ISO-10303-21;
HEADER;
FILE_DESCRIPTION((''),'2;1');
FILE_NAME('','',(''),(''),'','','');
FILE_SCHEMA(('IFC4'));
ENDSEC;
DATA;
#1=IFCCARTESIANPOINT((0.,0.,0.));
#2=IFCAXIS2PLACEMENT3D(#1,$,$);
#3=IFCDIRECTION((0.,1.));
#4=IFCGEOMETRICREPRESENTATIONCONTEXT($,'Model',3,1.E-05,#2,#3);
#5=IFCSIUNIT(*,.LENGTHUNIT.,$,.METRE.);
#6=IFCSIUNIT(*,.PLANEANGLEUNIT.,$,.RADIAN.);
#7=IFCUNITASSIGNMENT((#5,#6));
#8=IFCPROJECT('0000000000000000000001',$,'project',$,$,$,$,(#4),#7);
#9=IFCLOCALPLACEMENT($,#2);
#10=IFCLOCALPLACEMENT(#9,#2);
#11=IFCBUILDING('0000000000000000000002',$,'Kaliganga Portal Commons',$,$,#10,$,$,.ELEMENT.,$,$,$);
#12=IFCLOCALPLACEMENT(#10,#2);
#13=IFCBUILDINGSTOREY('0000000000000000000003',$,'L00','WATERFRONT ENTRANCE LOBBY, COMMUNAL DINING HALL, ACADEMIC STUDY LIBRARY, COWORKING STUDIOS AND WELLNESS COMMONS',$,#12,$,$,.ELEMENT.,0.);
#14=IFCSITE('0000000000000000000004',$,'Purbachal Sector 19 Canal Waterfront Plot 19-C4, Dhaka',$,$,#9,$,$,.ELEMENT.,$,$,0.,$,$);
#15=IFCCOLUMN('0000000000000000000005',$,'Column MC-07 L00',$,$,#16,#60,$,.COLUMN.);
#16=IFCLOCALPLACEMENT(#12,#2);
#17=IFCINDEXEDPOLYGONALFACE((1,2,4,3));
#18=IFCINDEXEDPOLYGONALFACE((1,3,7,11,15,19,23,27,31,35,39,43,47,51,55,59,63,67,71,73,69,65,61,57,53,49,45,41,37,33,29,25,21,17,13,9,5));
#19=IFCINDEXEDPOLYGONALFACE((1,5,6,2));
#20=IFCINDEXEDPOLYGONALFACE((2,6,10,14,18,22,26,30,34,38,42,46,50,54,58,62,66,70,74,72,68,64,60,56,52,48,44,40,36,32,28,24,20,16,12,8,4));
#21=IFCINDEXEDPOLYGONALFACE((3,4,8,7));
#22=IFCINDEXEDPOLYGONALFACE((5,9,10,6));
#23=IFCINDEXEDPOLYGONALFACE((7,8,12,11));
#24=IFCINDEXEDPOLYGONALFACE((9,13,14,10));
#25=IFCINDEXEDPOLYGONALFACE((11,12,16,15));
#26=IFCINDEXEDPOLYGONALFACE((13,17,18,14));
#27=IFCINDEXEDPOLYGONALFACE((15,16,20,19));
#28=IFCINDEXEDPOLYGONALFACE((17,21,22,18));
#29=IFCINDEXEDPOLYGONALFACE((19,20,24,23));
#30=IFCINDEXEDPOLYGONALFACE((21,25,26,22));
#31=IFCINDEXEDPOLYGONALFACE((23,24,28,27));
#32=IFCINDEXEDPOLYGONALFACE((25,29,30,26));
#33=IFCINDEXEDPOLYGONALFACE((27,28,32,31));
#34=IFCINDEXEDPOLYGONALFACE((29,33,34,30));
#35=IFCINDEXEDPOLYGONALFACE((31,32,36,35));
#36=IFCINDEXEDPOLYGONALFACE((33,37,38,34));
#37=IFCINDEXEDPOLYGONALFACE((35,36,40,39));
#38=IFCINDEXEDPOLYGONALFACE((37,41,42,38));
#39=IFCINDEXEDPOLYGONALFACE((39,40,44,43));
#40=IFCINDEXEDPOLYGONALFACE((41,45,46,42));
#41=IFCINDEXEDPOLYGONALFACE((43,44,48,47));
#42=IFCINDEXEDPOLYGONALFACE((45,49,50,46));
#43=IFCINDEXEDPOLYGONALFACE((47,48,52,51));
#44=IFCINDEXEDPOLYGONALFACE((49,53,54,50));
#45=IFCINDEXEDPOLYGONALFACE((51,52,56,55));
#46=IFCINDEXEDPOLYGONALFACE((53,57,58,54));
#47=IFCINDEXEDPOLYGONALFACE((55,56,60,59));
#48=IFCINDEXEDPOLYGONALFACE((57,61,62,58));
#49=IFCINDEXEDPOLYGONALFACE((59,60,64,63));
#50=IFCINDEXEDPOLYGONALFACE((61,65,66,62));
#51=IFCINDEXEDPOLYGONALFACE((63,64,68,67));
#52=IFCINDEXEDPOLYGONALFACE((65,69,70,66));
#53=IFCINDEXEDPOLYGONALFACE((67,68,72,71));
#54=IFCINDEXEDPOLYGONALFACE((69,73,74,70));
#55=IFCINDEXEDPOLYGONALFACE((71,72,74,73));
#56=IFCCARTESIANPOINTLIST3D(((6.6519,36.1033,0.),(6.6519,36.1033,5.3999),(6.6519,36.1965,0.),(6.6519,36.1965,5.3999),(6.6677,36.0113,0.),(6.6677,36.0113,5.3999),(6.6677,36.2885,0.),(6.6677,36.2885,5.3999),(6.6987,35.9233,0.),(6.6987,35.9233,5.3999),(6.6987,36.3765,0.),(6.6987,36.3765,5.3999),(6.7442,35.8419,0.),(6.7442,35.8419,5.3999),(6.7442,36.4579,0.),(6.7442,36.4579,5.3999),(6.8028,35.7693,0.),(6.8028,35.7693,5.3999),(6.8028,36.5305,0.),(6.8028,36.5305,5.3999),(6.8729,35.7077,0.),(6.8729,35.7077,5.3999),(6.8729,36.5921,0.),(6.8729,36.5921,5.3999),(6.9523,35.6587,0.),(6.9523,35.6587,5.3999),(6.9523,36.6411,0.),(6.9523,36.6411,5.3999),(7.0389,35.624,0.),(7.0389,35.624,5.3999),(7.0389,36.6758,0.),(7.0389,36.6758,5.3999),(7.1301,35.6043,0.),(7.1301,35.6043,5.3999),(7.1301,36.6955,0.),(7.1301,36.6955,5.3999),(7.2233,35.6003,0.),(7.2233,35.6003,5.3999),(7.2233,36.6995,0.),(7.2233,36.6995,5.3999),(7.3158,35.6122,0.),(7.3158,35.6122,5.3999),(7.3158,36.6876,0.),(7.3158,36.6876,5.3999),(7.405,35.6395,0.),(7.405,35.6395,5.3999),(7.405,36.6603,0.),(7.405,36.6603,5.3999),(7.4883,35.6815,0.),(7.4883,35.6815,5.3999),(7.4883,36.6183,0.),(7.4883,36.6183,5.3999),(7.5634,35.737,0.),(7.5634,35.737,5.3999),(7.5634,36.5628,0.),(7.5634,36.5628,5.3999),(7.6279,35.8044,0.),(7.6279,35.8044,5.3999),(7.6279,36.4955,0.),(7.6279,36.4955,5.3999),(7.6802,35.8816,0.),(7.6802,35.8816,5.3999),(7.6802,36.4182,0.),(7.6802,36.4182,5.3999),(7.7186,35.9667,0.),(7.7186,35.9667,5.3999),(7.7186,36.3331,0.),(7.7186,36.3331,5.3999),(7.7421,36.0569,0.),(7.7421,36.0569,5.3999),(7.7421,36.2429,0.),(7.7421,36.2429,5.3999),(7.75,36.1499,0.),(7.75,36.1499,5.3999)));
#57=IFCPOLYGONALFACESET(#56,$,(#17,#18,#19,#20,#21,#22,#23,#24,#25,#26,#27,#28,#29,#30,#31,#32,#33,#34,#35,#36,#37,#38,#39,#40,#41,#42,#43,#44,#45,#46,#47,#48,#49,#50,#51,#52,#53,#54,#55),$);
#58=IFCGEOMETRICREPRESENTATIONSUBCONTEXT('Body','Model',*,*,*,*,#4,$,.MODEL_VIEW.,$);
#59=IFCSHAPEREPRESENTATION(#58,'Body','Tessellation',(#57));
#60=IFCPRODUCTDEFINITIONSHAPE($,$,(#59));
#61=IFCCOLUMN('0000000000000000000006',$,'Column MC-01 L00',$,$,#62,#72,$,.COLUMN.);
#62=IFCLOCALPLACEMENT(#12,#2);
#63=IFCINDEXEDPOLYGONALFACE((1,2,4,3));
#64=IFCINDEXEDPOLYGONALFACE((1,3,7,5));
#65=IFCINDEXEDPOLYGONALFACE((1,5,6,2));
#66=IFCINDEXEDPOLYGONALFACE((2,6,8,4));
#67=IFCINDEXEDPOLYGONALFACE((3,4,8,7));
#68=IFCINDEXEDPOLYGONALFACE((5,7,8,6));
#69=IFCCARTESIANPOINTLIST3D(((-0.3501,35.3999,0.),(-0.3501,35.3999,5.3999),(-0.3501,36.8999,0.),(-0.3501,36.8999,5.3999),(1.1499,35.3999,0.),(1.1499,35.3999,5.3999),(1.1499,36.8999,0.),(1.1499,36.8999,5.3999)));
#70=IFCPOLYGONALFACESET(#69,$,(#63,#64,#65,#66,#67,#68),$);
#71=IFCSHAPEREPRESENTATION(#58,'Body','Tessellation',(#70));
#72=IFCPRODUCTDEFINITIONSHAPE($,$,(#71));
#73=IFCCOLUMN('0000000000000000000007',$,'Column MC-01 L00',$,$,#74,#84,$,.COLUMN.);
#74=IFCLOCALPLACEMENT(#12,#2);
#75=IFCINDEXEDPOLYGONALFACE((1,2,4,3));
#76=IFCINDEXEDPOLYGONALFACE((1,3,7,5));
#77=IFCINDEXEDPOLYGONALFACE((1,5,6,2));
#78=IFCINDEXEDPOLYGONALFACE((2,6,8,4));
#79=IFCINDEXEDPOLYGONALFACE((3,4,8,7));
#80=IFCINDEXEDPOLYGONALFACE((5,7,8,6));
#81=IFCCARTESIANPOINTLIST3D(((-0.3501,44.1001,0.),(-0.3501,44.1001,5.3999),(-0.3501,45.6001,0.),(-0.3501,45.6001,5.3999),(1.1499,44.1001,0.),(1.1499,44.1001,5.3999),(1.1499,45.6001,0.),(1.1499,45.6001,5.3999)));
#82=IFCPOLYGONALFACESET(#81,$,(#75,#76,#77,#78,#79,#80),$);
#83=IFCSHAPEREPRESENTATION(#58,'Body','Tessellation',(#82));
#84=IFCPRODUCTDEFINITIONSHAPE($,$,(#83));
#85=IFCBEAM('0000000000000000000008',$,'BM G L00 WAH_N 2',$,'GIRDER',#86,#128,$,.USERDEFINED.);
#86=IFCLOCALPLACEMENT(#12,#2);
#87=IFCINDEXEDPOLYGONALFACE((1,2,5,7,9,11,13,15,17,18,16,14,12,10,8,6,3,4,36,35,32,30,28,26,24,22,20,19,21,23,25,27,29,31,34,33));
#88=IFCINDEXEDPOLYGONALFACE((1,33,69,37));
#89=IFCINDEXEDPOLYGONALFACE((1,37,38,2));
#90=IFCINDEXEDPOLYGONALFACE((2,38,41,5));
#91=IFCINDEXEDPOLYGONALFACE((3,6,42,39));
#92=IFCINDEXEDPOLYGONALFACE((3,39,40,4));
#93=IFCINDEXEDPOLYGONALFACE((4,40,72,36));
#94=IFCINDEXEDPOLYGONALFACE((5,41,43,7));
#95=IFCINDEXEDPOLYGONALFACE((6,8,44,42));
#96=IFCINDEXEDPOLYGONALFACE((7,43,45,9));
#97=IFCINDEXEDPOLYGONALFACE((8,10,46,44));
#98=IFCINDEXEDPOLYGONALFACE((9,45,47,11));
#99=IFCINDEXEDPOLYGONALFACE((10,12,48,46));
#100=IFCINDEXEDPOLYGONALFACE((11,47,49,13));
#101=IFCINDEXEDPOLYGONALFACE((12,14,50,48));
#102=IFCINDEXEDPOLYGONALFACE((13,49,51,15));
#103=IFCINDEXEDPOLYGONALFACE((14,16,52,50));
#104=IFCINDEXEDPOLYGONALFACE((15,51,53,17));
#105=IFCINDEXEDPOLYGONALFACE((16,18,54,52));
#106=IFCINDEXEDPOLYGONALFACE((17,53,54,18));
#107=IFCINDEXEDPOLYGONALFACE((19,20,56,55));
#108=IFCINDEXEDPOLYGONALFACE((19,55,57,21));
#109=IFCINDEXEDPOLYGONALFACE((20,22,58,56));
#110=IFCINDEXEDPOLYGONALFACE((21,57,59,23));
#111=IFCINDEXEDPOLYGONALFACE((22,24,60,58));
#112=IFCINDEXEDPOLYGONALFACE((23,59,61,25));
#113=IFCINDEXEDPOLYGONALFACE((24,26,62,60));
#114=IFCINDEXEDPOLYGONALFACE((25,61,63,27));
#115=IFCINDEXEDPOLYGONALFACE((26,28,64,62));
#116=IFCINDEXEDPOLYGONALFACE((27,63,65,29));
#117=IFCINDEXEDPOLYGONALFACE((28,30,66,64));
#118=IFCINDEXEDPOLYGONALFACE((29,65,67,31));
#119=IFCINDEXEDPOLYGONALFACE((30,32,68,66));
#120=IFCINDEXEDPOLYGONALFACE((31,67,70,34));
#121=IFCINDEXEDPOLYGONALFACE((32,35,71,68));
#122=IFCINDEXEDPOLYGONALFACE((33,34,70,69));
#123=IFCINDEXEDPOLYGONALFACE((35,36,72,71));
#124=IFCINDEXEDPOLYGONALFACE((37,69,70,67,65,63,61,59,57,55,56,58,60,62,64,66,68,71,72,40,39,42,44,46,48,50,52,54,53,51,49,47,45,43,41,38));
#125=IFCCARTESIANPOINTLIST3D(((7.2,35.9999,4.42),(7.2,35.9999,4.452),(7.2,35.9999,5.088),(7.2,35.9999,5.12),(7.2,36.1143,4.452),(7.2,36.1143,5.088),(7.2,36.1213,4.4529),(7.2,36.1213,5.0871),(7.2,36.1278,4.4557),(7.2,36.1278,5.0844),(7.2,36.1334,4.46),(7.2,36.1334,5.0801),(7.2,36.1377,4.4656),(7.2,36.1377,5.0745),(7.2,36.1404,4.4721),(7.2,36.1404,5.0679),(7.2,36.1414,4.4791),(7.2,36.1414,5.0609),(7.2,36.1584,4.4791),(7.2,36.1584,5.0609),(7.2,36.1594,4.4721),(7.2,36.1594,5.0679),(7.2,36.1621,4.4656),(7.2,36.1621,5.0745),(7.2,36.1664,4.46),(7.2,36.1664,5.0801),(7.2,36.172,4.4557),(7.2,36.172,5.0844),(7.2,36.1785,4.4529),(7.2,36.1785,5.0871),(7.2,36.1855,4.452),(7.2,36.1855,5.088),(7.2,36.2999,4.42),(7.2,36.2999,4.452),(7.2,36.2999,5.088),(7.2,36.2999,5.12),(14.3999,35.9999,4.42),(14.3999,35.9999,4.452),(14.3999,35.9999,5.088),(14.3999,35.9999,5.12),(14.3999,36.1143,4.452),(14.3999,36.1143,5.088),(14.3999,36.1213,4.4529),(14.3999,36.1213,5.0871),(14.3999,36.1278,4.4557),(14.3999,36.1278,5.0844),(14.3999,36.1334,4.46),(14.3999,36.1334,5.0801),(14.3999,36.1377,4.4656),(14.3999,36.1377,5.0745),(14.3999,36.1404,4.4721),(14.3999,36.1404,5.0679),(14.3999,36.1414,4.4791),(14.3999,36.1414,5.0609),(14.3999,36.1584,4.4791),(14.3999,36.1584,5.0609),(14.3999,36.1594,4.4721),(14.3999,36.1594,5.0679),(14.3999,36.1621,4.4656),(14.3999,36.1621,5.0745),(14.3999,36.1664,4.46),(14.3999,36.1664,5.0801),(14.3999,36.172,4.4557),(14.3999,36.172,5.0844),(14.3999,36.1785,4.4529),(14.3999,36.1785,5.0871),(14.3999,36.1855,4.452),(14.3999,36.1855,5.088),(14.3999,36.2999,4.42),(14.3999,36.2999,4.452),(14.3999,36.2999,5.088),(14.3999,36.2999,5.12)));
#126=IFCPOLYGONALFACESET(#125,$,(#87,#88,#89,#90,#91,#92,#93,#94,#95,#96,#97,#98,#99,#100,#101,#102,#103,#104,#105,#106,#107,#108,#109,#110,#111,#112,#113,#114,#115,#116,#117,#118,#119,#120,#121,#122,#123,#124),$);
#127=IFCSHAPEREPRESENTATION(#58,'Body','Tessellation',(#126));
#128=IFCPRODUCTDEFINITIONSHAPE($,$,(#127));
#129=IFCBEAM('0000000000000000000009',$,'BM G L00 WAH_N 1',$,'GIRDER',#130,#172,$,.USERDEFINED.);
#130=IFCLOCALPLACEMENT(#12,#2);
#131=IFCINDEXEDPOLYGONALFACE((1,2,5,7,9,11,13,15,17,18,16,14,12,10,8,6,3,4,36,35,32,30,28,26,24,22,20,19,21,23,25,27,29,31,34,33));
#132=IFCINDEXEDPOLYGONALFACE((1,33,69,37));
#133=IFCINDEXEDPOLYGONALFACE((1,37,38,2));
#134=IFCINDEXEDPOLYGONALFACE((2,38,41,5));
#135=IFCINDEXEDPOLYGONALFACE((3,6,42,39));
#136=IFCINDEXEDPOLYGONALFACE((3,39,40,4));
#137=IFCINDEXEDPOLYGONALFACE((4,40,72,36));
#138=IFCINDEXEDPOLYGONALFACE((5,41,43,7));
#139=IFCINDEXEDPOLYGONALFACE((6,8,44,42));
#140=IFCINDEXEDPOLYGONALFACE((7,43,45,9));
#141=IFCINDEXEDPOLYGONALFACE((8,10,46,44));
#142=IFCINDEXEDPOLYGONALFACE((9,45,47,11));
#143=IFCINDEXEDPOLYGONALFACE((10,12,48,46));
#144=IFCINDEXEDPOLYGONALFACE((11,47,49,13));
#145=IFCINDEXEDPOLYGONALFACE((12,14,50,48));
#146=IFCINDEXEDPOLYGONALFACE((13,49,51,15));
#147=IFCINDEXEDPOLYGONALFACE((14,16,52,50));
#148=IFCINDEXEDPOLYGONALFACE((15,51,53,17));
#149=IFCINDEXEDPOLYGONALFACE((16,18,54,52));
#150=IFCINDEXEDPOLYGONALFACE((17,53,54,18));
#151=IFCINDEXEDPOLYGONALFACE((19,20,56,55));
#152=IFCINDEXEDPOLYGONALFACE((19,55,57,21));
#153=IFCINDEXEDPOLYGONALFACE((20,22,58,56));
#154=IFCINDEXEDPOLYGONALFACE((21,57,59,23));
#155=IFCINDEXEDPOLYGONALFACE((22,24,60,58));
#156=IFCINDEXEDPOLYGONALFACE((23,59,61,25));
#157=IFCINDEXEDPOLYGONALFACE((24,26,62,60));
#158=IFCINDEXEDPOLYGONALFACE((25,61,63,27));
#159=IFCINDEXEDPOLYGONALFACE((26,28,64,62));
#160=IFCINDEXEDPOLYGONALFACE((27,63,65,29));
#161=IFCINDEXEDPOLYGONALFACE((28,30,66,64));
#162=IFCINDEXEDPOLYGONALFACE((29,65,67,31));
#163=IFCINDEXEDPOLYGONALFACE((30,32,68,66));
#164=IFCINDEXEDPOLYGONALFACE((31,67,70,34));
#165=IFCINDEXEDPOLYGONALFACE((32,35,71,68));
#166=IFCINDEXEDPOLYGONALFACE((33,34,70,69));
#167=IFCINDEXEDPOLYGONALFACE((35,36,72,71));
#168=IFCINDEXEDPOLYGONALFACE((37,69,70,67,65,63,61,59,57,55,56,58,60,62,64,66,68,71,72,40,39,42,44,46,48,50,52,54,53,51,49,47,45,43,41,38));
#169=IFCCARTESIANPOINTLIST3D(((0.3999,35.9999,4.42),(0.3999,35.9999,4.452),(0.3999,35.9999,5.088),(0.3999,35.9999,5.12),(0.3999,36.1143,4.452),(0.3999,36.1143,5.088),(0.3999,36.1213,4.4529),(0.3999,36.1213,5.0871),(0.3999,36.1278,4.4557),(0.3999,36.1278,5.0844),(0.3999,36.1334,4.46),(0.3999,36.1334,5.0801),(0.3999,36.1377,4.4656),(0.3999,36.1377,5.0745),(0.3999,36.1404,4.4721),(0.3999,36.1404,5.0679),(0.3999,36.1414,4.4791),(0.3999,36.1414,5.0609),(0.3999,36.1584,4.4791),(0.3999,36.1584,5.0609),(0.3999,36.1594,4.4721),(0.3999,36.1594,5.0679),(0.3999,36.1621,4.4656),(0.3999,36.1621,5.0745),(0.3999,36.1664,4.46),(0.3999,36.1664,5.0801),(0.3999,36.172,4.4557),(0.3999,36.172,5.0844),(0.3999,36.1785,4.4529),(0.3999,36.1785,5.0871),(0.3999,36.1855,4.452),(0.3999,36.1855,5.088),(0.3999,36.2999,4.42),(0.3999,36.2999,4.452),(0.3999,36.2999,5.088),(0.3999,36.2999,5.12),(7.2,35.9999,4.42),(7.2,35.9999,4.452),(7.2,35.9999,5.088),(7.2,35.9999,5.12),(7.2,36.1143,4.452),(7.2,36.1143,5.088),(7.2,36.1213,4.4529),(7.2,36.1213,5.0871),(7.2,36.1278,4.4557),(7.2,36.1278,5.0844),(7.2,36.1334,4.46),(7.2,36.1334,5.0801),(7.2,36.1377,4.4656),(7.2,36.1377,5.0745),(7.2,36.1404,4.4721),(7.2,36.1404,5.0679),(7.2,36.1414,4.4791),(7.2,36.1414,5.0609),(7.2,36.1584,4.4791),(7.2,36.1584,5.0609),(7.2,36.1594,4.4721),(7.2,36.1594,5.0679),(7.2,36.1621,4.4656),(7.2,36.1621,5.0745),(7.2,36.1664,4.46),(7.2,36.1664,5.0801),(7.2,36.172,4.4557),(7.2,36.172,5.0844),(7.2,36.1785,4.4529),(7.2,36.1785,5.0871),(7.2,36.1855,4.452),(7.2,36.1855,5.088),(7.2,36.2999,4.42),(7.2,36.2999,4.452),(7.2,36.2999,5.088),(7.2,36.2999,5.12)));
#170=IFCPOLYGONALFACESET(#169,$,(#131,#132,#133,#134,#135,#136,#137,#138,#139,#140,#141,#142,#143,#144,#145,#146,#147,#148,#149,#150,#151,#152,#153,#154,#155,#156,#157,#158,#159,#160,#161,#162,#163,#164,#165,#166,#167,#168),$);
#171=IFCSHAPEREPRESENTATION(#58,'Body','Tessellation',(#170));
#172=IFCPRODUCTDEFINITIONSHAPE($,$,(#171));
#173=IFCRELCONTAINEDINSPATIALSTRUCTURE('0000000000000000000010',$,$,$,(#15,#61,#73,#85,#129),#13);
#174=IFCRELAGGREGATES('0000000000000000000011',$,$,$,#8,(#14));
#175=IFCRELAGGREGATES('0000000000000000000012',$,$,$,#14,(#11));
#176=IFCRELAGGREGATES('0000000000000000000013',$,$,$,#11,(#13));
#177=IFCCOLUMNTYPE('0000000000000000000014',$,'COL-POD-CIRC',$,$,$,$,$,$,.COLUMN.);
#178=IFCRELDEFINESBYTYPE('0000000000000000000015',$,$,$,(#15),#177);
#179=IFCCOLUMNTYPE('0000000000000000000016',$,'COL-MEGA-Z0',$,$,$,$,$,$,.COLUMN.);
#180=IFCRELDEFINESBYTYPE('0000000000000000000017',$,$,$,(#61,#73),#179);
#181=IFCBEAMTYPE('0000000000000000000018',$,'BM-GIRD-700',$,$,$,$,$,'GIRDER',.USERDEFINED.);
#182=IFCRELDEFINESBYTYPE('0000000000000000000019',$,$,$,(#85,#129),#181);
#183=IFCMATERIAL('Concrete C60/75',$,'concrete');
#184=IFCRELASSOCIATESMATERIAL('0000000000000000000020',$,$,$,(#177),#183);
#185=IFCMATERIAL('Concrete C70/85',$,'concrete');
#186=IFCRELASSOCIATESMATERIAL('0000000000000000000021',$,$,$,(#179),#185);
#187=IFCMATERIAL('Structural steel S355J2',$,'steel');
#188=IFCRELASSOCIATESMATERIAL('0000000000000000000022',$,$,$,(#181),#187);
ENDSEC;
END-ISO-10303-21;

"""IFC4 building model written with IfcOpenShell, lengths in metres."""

from ifc_helpers import new_model, si_unit, direction, frame, origin, origin_2d, place, context, subcontext, project, spatial, rectangle, circle, i_section, extrude, source, transform, mapped, material, material_profile, profile_set, type_object, element, save


model = new_model("IFC4")

# Units and contexts
model_context = context("Model", 3, precision=1e-05, world=origin(), true_north=direction((0.0, 1.0)))
body_context = subcontext(model_context, "Body", "Model", "MODEL_VIEW")
ifc_project = project(units=[si_unit("LENGTHUNIT", "METRE"), si_unit("PLANEANGLEUNIT", "RADIAN")], contexts=[model_context])

# Site, building, storey
site_placement = place(None, origin())
site = spatial("IfcSite", under=ifc_project, at=site_placement, Name="Purbachal Sector 19 Canal Waterfront Plot 19-C4, Dhaka", CompositionType="ELEMENT", RefElevation=0.0)
building_placement = place(site_placement, origin())
building = spatial("IfcBuilding", under=site, at=building_placement, Name="Kaliganga Portal Commons", CompositionType="ELEMENT")
storey_placement = place(building_placement, origin())
storey = spatial("IfcBuildingStorey", under=building, at=storey_placement, Name="L00", Description="WATERFRONT ENTRANCE LOBBY, COMMUNAL DINING HALL, ACADEMIC STUDY LIBRARY, COWORKING STUDIOS AND WELLNESS COMMONS", CompositionType="ELEMENT", Elevation=0.0)

# Columns
ifc_material_1 = material(Name="Concrete C60/75", Category="concrete")
ifc_material_profile_1 = material_profile(ifc_material_1, circle(Radius=0.55, at=origin_2d()), Name="RC COL D1100")
ifc_profile_set_1 = profile_set([ifc_material_profile_1], Name="Concrete C60/75")
column_type_1 = type_object("IfcColumnType", Name="COL-POD-CIRC", PredefinedType="COLUMN", material=ifc_profile_set_1)
shared_shape_1 = source(origin(), body_context, "Body", "SweptSolid", [
    extrude(circle(Radius=0.55, at=origin_2d()), origin(), (0.0, 0.0, 1.0), 5.3999),
])
column_placement = place(storey_placement, frame((7.2, 36.1499, 0.0), z_axis=(0.0, 0.0, 1.0), x_axis=(1.0, 0.0, 0.0)))
element("IfcColumn", 1, at=column_placement, inside=storey, type_object=column_type_1, Name="Column MC-07 L00", PredefinedType="COLUMN", context=body_context, shape_type="MappedRepresentation", body=[
    mapped(shared_shape_1, transform((0.0, 0.0, 0.0), x_axis=(1.0, 0.0, 0.0), y_axis=(0.0, 1.0, 0.0), z_axis=(0.0, 0.0, 1.0), scale=1.0)),
])
ifc_material_2 = material(Name="Concrete C70/85", Category="concrete")
ifc_material_profile_2 = material_profile(ifc_material_2, rectangle(XDim=1.5, YDim=1.5, at=origin_2d()), Name="RC 1500x1500")
ifc_profile_set_2 = profile_set([ifc_material_profile_2], Name="Concrete C70/85")
column_type_2 = type_object("IfcColumnType", Name="COL-MEGA-Z0", PredefinedType="COLUMN", material=ifc_profile_set_2)
shared_shape_2 = source(origin(), body_context, "Body", "SweptSolid", [
    extrude(rectangle(XDim=1.5, YDim=1.5, at=origin_2d()), origin(), (0.0, 0.0, 1.0), 5.3999),
])
for number, where, z_axis, x_axis, name in (
    (2, (0.3999, 36.1499, 0.0), (0.0, 0.0, 1.0), (1.0, 0.0, 0.0), "Column MC-01 L00"),
    (3, (0.3999, 44.8501, 0.0), (0.0, 0.0, 1.0), (1.0, 0.0, 0.0), "Column MC-01 L00"),
):
    element("IfcColumn", number, at=place(storey_placement, frame(where, z_axis=z_axis, x_axis=x_axis)), inside=storey, type_object=column_type_2, Name=name, PredefinedType="COLUMN", context=body_context, shape_type="MappedRepresentation", body=[
        mapped(shared_shape_2, transform((0.0, 0.0, 0.0), x_axis=(1.0, 0.0, 0.0), y_axis=(0.0, 1.0, 0.0), z_axis=(0.0, 0.0, 1.0), scale=1.0)),
    ])

# Beams
ifc_material_3 = material(Name="Structural steel S355J2", Category="steel")
ifc_material_profile_3 = material_profile(ifc_material_3, i_section(OverallWidth=0.3, OverallDepth=0.7, WebThickness=0.0171, FlangeThickness=0.032, FilletRadius=0.0271, at=origin_2d()), Name="HE 700 B")
ifc_profile_set_3 = profile_set([ifc_material_profile_3], Name="Structural steel S355J2 wide-flange")
beam_type = type_object("IfcBeamType", Name="BM-GIRD-700", ElementType="GIRDER", PredefinedType="USERDEFINED", material=ifc_profile_set_3)
shared_shape_3 = source(origin(), body_context, "Body", "SweptSolid", [
    extrude(i_section(OverallWidth=0.3, OverallDepth=0.7, WebThickness=0.0171, FlangeThickness=0.032, FilletRadius=0.0271, at=origin_2d()), origin(), (0.0, 0.0, 1.0), 7.2),
])
beam_1_placement = place(storey_placement, frame((7.2, 36.1499, 4.77), z_axis=(1.0, 0.0, 0.0), x_axis=(0.0, 1.0, 0.0)))
element("IfcBeam", 4, at=beam_1_placement, inside=storey, type_object=beam_type, Name="BM G L00 WAH_N 2", ObjectType="GIRDER", PredefinedType="USERDEFINED", context=body_context, shape_type="MappedRepresentation", body=[
    mapped(shared_shape_3, transform((0.0, 0.0, 0.0), x_axis=(1.0, 0.0, 0.0), y_axis=(0.0, 1.0, 0.0), z_axis=(0.0, 0.0, 1.0), scale=1.0)),
])
shared_shape_4 = source(origin(), body_context, "Body", "SweptSolid", [
    extrude(i_section(OverallWidth=0.3, OverallDepth=0.7, WebThickness=0.0171, FlangeThickness=0.032, FilletRadius=0.0271, at=origin_2d()), origin(), (0.0, 0.0, 1.0), 6.8),
])
beam_2_placement = place(storey_placement, frame((0.3999, 36.1499, 4.77), z_axis=(1.0, 0.0, 0.0), x_axis=(0.0, 1.0, 0.0)))
element("IfcBeam", 5, at=beam_2_placement, inside=storey, type_object=beam_type, Name="BM G L00 WAH_N 1", ObjectType="GIRDER", PredefinedType="USERDEFINED", context=body_context, shape_type="MappedRepresentation", body=[
    mapped(shared_shape_4, transform((0.0, 0.0, 0.0), x_axis=(1.0, 0.0, 0.0), y_axis=(0.0, 1.0, 0.0), z_axis=(0.0, 0.0, 1.0), scale=1.0)),
])

save(model, "model.ifc")
